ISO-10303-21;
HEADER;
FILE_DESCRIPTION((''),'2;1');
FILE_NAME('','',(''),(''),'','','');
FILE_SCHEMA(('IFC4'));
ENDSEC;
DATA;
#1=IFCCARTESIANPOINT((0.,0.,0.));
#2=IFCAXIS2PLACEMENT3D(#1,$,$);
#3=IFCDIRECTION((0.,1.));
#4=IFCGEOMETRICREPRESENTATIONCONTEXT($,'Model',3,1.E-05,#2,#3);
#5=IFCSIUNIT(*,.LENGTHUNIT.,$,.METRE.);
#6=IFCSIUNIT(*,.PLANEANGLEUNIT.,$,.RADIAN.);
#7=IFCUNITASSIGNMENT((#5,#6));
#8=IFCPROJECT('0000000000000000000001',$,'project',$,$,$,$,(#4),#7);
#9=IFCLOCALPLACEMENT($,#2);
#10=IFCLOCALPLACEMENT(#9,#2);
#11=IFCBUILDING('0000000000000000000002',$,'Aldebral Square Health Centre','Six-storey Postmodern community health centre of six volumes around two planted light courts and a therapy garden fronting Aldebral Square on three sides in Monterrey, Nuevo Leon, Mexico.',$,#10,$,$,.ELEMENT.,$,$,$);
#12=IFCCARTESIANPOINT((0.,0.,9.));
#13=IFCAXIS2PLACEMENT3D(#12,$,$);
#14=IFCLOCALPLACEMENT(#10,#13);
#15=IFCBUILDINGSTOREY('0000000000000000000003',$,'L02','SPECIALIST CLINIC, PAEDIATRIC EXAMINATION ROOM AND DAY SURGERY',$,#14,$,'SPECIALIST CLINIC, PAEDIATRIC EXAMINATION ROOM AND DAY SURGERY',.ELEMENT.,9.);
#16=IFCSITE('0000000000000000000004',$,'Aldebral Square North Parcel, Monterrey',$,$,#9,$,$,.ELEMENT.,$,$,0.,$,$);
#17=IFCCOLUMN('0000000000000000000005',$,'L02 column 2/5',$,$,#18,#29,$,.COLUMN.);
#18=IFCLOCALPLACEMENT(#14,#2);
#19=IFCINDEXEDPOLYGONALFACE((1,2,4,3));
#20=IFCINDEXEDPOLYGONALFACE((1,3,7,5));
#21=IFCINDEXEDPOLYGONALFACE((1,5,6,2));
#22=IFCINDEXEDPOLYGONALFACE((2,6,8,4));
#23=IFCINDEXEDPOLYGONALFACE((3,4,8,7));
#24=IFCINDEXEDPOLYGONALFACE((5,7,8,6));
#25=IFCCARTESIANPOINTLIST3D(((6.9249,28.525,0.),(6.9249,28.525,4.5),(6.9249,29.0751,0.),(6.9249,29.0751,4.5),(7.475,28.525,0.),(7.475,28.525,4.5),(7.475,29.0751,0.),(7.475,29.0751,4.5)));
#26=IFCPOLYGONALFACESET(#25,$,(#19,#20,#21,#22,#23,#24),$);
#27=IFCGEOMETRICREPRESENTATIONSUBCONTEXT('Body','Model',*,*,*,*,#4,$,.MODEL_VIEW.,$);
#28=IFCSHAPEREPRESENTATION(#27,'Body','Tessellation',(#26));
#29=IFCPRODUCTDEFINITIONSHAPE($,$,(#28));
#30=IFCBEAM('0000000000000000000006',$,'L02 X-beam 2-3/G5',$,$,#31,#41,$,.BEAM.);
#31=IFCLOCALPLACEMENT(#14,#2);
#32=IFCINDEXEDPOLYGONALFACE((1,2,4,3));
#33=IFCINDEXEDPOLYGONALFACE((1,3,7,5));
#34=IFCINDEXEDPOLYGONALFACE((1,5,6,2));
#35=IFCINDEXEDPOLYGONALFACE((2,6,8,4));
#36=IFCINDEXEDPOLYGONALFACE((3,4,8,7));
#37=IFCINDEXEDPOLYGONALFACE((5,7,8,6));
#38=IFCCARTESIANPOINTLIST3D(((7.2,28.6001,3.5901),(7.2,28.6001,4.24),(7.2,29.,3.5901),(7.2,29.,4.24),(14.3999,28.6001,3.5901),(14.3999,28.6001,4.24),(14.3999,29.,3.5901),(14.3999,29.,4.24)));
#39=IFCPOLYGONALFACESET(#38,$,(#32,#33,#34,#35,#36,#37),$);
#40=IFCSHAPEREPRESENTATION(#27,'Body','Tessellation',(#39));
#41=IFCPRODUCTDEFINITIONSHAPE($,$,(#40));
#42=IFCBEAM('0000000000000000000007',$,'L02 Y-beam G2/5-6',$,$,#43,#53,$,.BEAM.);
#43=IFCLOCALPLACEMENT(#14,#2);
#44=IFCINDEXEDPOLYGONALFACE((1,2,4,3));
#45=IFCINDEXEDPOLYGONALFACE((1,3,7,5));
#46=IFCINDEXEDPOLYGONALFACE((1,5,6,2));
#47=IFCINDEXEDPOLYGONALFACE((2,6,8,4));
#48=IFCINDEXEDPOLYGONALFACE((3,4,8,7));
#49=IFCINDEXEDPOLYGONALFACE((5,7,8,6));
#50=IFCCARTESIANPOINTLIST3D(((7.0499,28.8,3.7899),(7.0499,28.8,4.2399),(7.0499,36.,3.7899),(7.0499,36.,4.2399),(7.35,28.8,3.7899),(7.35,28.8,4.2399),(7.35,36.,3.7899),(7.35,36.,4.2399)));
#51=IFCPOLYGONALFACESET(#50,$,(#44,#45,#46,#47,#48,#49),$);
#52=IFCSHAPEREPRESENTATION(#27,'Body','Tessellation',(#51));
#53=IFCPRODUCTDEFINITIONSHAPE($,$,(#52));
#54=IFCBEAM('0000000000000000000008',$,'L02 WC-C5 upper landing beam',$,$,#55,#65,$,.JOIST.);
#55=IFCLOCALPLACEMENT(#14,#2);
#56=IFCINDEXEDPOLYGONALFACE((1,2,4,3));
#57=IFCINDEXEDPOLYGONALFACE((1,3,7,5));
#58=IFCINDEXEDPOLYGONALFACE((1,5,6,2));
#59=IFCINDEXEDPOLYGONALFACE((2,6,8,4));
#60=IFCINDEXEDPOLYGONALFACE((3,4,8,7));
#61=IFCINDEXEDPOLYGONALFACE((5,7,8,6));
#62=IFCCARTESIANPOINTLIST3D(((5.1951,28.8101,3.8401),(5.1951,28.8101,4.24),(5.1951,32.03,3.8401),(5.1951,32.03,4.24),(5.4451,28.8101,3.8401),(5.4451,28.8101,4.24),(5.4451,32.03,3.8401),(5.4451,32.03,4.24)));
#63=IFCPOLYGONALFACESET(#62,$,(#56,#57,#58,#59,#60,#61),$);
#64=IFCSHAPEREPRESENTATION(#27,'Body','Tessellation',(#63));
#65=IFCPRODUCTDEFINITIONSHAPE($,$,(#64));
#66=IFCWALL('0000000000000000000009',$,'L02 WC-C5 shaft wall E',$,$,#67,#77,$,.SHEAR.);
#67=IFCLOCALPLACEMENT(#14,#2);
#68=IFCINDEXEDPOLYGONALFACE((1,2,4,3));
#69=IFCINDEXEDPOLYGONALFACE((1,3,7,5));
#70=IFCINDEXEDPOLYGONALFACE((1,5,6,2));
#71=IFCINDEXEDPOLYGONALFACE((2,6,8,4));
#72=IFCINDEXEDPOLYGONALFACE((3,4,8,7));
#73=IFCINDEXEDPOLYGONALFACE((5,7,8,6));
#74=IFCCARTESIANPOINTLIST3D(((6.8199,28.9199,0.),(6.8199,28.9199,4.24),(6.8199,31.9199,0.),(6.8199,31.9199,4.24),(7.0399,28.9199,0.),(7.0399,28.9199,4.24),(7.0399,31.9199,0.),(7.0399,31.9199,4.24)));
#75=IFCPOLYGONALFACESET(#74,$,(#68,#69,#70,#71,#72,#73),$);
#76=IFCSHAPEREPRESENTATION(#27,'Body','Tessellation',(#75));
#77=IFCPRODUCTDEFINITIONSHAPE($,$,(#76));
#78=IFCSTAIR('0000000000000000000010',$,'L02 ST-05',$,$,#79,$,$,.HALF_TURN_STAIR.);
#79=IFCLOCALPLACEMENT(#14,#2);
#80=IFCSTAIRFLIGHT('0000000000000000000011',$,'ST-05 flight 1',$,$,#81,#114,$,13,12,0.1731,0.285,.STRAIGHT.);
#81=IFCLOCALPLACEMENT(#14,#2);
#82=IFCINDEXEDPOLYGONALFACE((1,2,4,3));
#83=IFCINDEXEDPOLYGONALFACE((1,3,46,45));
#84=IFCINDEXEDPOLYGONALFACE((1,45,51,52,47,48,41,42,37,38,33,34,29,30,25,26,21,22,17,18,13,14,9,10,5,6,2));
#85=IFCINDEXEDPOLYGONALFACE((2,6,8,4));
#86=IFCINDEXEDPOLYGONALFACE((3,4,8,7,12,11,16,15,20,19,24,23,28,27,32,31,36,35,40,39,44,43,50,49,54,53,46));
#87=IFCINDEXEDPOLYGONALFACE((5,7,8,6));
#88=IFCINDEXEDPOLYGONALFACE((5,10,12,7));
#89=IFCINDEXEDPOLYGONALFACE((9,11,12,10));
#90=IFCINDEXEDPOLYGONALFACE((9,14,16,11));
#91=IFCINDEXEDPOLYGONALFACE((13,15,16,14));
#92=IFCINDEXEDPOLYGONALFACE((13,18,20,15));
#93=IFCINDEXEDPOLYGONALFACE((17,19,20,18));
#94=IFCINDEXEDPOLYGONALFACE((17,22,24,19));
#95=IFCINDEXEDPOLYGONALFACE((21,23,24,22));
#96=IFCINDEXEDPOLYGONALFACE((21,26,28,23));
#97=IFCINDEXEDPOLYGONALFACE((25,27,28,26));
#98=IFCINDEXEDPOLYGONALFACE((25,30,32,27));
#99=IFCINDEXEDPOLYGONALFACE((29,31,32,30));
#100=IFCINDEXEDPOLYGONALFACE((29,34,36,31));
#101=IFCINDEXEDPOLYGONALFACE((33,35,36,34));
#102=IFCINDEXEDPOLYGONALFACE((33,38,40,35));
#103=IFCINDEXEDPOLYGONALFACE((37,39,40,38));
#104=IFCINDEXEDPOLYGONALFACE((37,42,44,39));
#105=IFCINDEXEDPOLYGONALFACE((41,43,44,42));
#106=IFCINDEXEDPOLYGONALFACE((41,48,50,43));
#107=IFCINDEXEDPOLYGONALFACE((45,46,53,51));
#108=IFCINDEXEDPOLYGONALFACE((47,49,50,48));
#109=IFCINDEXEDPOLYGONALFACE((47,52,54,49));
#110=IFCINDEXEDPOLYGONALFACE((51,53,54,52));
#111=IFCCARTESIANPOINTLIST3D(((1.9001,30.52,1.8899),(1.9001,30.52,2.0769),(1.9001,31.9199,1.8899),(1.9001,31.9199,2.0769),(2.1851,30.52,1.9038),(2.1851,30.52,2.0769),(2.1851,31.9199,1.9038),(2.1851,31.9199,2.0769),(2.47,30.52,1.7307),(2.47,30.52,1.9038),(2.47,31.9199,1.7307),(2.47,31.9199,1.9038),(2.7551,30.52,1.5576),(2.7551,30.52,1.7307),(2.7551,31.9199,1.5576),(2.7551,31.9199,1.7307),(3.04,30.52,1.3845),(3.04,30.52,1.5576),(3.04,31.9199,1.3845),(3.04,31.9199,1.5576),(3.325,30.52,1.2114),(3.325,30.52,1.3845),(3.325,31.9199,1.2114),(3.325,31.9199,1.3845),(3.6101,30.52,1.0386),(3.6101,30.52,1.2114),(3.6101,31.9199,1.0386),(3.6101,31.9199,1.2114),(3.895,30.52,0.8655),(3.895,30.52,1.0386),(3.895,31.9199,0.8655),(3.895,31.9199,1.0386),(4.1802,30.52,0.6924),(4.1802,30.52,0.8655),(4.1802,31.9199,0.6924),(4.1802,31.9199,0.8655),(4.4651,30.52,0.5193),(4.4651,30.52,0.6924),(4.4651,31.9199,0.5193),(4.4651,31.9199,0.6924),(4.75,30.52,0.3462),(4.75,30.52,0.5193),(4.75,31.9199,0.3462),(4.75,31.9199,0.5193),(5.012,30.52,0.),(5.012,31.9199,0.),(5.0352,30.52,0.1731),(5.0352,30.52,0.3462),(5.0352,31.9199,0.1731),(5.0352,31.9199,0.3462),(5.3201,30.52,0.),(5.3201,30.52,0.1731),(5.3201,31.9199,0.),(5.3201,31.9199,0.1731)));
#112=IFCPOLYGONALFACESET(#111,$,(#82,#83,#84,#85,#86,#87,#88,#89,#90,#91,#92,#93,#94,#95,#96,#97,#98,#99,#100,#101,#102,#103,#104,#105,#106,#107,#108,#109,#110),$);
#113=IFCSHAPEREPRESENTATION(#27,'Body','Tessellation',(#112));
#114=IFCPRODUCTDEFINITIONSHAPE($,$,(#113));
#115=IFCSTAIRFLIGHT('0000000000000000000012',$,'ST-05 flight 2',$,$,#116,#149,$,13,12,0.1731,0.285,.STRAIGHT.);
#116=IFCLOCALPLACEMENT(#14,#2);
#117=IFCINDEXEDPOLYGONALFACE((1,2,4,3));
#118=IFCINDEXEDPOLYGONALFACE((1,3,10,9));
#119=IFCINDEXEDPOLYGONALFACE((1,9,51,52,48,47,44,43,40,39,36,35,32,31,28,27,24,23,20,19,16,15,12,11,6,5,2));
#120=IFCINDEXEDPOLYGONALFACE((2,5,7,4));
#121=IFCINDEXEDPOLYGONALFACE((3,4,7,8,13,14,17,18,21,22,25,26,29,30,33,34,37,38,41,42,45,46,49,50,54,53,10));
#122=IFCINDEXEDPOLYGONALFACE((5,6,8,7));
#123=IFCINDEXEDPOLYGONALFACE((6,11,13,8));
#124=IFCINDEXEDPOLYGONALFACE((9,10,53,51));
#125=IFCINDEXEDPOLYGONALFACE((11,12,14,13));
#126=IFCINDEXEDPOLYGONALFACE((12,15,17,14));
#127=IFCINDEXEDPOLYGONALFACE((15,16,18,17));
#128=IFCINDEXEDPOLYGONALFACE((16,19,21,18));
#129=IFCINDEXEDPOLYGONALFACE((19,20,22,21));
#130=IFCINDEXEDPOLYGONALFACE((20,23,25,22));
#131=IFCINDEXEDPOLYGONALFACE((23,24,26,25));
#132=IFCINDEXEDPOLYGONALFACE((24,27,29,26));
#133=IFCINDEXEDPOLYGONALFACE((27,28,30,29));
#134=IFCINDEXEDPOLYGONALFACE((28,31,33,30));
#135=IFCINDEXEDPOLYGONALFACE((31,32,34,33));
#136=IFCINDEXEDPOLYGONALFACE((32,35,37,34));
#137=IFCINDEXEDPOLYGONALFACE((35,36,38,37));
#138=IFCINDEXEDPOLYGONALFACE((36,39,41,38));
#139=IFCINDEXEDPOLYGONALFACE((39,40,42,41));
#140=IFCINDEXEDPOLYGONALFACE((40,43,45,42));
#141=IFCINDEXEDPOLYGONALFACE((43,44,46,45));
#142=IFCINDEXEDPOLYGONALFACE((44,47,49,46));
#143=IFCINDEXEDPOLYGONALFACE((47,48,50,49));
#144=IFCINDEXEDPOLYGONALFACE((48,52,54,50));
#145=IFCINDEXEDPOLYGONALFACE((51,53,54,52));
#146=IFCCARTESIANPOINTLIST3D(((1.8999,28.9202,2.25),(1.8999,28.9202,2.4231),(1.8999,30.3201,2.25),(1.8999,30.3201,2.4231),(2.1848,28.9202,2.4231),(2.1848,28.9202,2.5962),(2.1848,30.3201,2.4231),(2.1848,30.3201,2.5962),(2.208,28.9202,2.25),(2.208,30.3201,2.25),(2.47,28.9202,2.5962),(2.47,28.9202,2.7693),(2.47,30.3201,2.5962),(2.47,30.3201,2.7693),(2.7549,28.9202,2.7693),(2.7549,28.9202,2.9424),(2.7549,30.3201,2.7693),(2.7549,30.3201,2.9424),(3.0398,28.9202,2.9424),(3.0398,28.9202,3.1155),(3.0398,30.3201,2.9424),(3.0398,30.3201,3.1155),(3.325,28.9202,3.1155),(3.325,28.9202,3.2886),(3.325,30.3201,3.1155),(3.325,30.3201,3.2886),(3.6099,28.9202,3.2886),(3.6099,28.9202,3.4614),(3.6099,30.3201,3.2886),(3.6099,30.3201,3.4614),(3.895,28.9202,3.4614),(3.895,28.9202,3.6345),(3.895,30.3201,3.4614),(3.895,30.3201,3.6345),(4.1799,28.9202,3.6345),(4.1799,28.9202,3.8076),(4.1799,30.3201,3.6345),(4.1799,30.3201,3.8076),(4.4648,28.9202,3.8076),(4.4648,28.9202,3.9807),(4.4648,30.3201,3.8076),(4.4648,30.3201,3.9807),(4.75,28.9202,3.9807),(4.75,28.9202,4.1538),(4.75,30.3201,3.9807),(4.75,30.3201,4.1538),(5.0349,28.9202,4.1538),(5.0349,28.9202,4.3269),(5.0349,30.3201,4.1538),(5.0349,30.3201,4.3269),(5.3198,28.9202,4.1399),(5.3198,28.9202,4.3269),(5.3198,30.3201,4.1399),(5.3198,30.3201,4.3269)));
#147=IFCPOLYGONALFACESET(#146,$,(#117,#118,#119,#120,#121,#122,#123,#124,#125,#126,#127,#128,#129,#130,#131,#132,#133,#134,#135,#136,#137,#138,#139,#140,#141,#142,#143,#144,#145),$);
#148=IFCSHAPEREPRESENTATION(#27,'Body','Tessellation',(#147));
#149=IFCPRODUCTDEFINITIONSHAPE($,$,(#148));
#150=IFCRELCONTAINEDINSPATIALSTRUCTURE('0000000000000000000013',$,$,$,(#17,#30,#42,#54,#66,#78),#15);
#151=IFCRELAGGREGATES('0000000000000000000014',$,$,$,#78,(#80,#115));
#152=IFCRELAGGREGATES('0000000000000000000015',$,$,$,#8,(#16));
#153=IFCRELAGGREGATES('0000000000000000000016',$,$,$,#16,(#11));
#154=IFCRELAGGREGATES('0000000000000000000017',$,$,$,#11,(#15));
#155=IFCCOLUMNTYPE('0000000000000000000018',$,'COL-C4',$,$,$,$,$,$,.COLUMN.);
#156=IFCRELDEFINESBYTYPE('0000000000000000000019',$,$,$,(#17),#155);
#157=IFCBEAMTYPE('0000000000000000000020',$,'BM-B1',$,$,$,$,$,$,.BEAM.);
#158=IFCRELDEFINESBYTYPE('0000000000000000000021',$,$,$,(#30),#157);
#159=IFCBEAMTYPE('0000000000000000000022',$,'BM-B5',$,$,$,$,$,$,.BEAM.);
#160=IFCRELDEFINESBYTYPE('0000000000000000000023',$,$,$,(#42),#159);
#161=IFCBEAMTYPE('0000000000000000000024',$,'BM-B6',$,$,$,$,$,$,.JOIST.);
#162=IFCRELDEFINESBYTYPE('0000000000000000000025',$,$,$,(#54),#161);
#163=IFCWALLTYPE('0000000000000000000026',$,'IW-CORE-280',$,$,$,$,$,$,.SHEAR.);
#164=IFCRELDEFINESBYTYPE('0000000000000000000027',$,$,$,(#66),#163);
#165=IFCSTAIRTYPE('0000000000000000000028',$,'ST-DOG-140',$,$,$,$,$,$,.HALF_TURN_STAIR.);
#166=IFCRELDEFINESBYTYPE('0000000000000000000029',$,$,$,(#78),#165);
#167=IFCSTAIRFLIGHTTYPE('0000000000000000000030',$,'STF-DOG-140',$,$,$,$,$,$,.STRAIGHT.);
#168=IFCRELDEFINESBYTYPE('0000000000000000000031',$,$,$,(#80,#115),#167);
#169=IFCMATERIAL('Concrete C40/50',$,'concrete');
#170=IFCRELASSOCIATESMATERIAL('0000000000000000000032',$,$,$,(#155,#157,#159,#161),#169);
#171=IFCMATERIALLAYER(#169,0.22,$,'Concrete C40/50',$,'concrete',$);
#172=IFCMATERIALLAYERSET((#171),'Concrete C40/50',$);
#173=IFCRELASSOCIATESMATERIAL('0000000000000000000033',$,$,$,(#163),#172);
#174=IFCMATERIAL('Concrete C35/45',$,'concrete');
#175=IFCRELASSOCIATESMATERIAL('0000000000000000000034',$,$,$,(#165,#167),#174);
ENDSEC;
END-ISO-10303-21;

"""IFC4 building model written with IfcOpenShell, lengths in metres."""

from ifc_helpers import new_model, si_unit, direction, frame, frame_2d, origin, origin_2d, place, context, subcontext, project, spatial, polyline, rectangle, outline, extrude, material, layer, layer_set, material_profile, profile_set, type_object, element, aggregate, save


model = new_model("IFC4")

# Units and contexts
model_context = context("Model", 3, precision=1e-05, world=origin(), true_north=direction((0.0, 1.0)))
body_context = subcontext(model_context, "Body", "Model", "MODEL_VIEW")
ifc_project = project(units=[si_unit("LENGTHUNIT", "METRE"), si_unit("PLANEANGLEUNIT", "RADIAN")], contexts=[model_context])

# Site, building, storey
site_placement = place(None, origin())
site = spatial("IfcSite", under=ifc_project, at=site_placement, Name="Aldebral Square North Parcel, Monterrey", CompositionType="ELEMENT", RefElevation=0.0)
building_placement = place(site_placement, origin())
building = spatial("IfcBuilding", under=site, at=building_placement, Name="Aldebral Square Health Centre", Description="Six-storey Postmodern community health centre of six volumes around two planted light courts and a therapy garden fronting Aldebral Square on three sides in Monterrey, Nuevo Leon, Mexico.", CompositionType="ELEMENT")
storey_placement = place(building_placement, frame((0.0, 0.0, 9.0)))
storey = spatial("IfcBuildingStorey", under=building, at=storey_placement, Name="L02", Description="SPECIALIST CLINIC, PAEDIATRIC EXAMINATION ROOM AND DAY SURGERY", LongName="SPECIALIST CLINIC, PAEDIATRIC EXAMINATION ROOM AND DAY SURGERY", CompositionType="ELEMENT", Elevation=9.0)

# Column
ifc_material_1 = material(Name="Concrete C40/50", Category="concrete")
ifc_material_profile_1 = material_profile(ifc_material_1, rectangle(XDim=0.55, YDim=0.55, at=origin_2d()), Name="RC 550x550")
ifc_profile_set_1 = profile_set([ifc_material_profile_1], Name="Concrete C40/50")
column_type = type_object("IfcColumnType", Name="COL-C4", PredefinedType="COLUMN", material=ifc_profile_set_1)
column_placement = place(storey_placement, frame((7.2, 28.8, 0.0), z_axis=(0.0, 0.0, 1.0), x_axis=(1.0, 0.0, 0.0)))
element("IfcColumn", 1, at=column_placement, inside=storey, type_object=column_type, Name="L02 column 2/5", PredefinedType="COLUMN", context=body_context, shape_type="SweptSolid", body=[
    extrude(rectangle(XDim=0.55, YDim=0.55, at=origin_2d()), origin(), (0.0, 0.0, 1.0), 4.5),
])

# Beams
ifc_material_profile_2 = material_profile(ifc_material_1, rectangle(XDim=0.3999, YDim=0.6499, at=origin_2d()), Name="RC 400x650")
ifc_profile_set_2 = profile_set([ifc_material_profile_2], Name="Concrete C40/50")
beam_type_1 = type_object("IfcBeamType", Name="BM-B1", PredefinedType="BEAM", material=ifc_profile_set_2)
beam_1_placement = place(storey_placement, frame((7.2, 28.8, 3.915), z_axis=(1.0, 0.0, 0.0), x_axis=(0.0, 1.0, 0.0)))
element("IfcBeam", 2, at=beam_1_placement, inside=storey, type_object=beam_type_1, Name="L02 X-beam 2-3/G5", PredefinedType="BEAM", context=body_context, shape_type="SweptSolid", body=[
    extrude(rectangle(XDim=0.3999, YDim=0.6499, at=origin_2d()), origin(), (0.0, 0.0, 1.0), 7.2),
])
ifc_material_profile_3 = material_profile(ifc_material_1, rectangle(XDim=0.3, YDim=0.45, at=origin_2d()), Name="RC 300x450")
ifc_profile_set_3 = profile_set([ifc_material_profile_3], Name="Concrete C40/50")
beam_type_2 = type_object("IfcBeamType", Name="BM-B5", PredefinedType="BEAM", material=ifc_profile_set_3)
beam_2_placement = place(storey_placement, frame((7.2, 28.8, 4.0149), z_axis=(0.0, 1.0, 0.0), x_axis=(-1.0, 0.0, 0.0)))
element("IfcBeam", 3, at=beam_2_placement, inside=storey, type_object=beam_type_2, Name="L02 Y-beam G2/5-6", PredefinedType="BEAM", context=body_context, shape_type="SweptSolid", body=[
    extrude(rectangle(XDim=0.3, YDim=0.45, at=origin_2d()), origin(), (0.0, 0.0, 1.0), 7.2),
])
ifc_material_profile_4 = material_profile(ifc_material_1, rectangle(XDim=0.25, YDim=0.3999, at=origin_2d()), Name="RC 250x400")
ifc_profile_set_4 = profile_set([ifc_material_profile_4], Name="Concrete C40/50")
beam_type_3 = type_object("IfcBeamType", Name="BM-B6", PredefinedType="JOIST", material=ifc_profile_set_4)
beam_3_placement = place(storey_placement, frame((5.3201, 28.8101, 4.04), z_axis=(0.0, 1.0, 0.0), x_axis=(-1.0, 0.0, 0.0)))
element("IfcBeam", 4, at=beam_3_placement, inside=storey, type_object=beam_type_3, Name="L02 WC-C5 upper landing beam", PredefinedType="JOIST", context=body_context, shape_type="SweptSolid", body=[
    extrude(rectangle(XDim=0.25, YDim=0.3999, at=origin_2d()), origin(), (0.0, 0.0, 1.0), 3.22),
])

# Wall
ifc_layer_1 = layer(ifc_material_1, 0.22, Name="Concrete C40/50", Category="concrete")
ifc_layer_set_1 = layer_set([ifc_layer_1], Name="Concrete C40/50")
wall_type_1 = type_object("IfcWallType", Name="IW-CORE-280", PredefinedType="SHEAR", material=ifc_layer_set_1)
wall_1_placement = place(storey_placement, frame((6.9299, 28.9199, 0.0), z_axis=(0.0, 0.0, 1.0), x_axis=(0.0, 1.0, 0.0)))
element("IfcWall", 5, at=wall_1_placement, inside=storey, type_object=wall_type_1, Name="L02 WC-C5 shaft wall E", PredefinedType="SHEAR", context=body_context, shape_type="SweptSolid", body=[
    extrude(rectangle(XDim=3.0, YDim=0.22, at=frame_2d((1.5, 0.0))), origin(), (0.0, 0.0, 1.0), 4.24),
])

# Stair, stair flights
ifc_material_2 = material(Name="Concrete C35/45", Category="concrete")
stair_type = type_object("IfcStairType", Name="ST-DOG-140", PredefinedType="HALF_TURN_STAIR", material=ifc_material_2)
stair_placement = place(storey_placement, origin())
stair = element("IfcStair", 6, at=stair_placement, inside=storey, type_object=stair_type, Name="L02 ST-05", PredefinedType="HALF_TURN_STAIR")
stair_flight_type = type_object("IfcStairFlightType", Name="STF-DOG-140", PredefinedType="STRAIGHT", material=ifc_material_2)
stair_flight_1_placement = place(storey_placement, frame((5.3201, 31.22, 0.0), z_axis=(0.0, 0.0, 1.0), x_axis=(-1.0, 0.0, 0.0)))
stair_flight_1 = element("IfcStairFlight", 7, at=stair_flight_1_placement, type_object=stair_flight_type, Name="ST-05 flight 1", NumberOfRisers=13, NumberOfTreads=12, PredefinedType="STRAIGHT", RiserHeight=0.1731, TreadLength=0.285, context=body_context, shape_type="SweptSolid", body=[
    extrude(outline(polyline([(0.0, 0.0), (0.0, 0.1731), (0.2849, 0.1731), (0.2849, 0.3462), (0.5701, 0.3462), (0.5701, 0.5193), (0.855, 0.5193), (0.855, 0.6924), (1.1399, 0.6924), (1.1399, 0.8655), (1.425, 0.8655), (1.425, 1.0386), (1.71, 1.0386), (1.71, 1.2114), (1.9951, 1.2114), (1.9951, 1.3845), (2.28, 1.3845), (2.28, 1.5576), (2.5649, 1.5576), (2.5649, 1.7307), (2.8501, 1.7307), (2.8501, 1.9038), (3.135, 1.9038), (3.135, 2.0769), (3.4199, 2.0769), (3.4199, 2.25), (3.4199, 1.8899), (0.3081, 0.0), (0.0, 0.0)])), frame((0.0, 0.7, 0.0), z_axis=(0.0, -1.0, 0.0), x_axis=(1.0, 0.0, 0.0)), (0.0, 0.0, 1.0), 1.3999),
])
stair_flight_2_placement = place(storey_placement, frame((1.8999, 29.6201, 2.25), z_axis=(0.0, 0.0, 1.0), x_axis=(1.0, 0.0, 0.0)))
stair_flight_2 = element("IfcStairFlight", 8, at=stair_flight_2_placement, type_object=stair_flight_type, Name="ST-05 flight 2", NumberOfRisers=13, NumberOfTreads=12, PredefinedType="STRAIGHT", RiserHeight=0.1731, TreadLength=0.285, context=body_context, shape_type="SweptSolid", body=[
    extrude(outline(polyline([(0.0, 0.0), (0.0, 0.1731), (0.2849, 0.1731), (0.2849, 0.3462), (0.5701, 0.3462), (0.5701, 0.5193), (0.855, 0.5193), (0.855, 0.6924), (1.1399, 0.6924), (1.1399, 0.8655), (1.425, 0.8655), (1.425, 1.0386), (1.71, 1.0386), (1.71, 1.2114), (1.9951, 1.2114), (1.9951, 1.3845), (2.28, 1.3845), (2.28, 1.5576), (2.5649, 1.5576), (2.5649, 1.7307), (2.8501, 1.7307), (2.8501, 1.9038), (3.135, 1.9038), (3.135, 2.0769), (3.4199, 2.0769), (3.4199, 2.25), (3.4199, 1.8899), (0.3081, 0.0), (0.0, 0.0)])), frame((0.0, 0.7, 0.0), z_axis=(0.0, -1.0, 0.0), x_axis=(1.0, 0.0, 0.0)), (0.0, 0.0, 1.0), 1.3999),
])
aggregate(stair, [stair_flight_1, stair_flight_2])

save(model, "model.ifc")
